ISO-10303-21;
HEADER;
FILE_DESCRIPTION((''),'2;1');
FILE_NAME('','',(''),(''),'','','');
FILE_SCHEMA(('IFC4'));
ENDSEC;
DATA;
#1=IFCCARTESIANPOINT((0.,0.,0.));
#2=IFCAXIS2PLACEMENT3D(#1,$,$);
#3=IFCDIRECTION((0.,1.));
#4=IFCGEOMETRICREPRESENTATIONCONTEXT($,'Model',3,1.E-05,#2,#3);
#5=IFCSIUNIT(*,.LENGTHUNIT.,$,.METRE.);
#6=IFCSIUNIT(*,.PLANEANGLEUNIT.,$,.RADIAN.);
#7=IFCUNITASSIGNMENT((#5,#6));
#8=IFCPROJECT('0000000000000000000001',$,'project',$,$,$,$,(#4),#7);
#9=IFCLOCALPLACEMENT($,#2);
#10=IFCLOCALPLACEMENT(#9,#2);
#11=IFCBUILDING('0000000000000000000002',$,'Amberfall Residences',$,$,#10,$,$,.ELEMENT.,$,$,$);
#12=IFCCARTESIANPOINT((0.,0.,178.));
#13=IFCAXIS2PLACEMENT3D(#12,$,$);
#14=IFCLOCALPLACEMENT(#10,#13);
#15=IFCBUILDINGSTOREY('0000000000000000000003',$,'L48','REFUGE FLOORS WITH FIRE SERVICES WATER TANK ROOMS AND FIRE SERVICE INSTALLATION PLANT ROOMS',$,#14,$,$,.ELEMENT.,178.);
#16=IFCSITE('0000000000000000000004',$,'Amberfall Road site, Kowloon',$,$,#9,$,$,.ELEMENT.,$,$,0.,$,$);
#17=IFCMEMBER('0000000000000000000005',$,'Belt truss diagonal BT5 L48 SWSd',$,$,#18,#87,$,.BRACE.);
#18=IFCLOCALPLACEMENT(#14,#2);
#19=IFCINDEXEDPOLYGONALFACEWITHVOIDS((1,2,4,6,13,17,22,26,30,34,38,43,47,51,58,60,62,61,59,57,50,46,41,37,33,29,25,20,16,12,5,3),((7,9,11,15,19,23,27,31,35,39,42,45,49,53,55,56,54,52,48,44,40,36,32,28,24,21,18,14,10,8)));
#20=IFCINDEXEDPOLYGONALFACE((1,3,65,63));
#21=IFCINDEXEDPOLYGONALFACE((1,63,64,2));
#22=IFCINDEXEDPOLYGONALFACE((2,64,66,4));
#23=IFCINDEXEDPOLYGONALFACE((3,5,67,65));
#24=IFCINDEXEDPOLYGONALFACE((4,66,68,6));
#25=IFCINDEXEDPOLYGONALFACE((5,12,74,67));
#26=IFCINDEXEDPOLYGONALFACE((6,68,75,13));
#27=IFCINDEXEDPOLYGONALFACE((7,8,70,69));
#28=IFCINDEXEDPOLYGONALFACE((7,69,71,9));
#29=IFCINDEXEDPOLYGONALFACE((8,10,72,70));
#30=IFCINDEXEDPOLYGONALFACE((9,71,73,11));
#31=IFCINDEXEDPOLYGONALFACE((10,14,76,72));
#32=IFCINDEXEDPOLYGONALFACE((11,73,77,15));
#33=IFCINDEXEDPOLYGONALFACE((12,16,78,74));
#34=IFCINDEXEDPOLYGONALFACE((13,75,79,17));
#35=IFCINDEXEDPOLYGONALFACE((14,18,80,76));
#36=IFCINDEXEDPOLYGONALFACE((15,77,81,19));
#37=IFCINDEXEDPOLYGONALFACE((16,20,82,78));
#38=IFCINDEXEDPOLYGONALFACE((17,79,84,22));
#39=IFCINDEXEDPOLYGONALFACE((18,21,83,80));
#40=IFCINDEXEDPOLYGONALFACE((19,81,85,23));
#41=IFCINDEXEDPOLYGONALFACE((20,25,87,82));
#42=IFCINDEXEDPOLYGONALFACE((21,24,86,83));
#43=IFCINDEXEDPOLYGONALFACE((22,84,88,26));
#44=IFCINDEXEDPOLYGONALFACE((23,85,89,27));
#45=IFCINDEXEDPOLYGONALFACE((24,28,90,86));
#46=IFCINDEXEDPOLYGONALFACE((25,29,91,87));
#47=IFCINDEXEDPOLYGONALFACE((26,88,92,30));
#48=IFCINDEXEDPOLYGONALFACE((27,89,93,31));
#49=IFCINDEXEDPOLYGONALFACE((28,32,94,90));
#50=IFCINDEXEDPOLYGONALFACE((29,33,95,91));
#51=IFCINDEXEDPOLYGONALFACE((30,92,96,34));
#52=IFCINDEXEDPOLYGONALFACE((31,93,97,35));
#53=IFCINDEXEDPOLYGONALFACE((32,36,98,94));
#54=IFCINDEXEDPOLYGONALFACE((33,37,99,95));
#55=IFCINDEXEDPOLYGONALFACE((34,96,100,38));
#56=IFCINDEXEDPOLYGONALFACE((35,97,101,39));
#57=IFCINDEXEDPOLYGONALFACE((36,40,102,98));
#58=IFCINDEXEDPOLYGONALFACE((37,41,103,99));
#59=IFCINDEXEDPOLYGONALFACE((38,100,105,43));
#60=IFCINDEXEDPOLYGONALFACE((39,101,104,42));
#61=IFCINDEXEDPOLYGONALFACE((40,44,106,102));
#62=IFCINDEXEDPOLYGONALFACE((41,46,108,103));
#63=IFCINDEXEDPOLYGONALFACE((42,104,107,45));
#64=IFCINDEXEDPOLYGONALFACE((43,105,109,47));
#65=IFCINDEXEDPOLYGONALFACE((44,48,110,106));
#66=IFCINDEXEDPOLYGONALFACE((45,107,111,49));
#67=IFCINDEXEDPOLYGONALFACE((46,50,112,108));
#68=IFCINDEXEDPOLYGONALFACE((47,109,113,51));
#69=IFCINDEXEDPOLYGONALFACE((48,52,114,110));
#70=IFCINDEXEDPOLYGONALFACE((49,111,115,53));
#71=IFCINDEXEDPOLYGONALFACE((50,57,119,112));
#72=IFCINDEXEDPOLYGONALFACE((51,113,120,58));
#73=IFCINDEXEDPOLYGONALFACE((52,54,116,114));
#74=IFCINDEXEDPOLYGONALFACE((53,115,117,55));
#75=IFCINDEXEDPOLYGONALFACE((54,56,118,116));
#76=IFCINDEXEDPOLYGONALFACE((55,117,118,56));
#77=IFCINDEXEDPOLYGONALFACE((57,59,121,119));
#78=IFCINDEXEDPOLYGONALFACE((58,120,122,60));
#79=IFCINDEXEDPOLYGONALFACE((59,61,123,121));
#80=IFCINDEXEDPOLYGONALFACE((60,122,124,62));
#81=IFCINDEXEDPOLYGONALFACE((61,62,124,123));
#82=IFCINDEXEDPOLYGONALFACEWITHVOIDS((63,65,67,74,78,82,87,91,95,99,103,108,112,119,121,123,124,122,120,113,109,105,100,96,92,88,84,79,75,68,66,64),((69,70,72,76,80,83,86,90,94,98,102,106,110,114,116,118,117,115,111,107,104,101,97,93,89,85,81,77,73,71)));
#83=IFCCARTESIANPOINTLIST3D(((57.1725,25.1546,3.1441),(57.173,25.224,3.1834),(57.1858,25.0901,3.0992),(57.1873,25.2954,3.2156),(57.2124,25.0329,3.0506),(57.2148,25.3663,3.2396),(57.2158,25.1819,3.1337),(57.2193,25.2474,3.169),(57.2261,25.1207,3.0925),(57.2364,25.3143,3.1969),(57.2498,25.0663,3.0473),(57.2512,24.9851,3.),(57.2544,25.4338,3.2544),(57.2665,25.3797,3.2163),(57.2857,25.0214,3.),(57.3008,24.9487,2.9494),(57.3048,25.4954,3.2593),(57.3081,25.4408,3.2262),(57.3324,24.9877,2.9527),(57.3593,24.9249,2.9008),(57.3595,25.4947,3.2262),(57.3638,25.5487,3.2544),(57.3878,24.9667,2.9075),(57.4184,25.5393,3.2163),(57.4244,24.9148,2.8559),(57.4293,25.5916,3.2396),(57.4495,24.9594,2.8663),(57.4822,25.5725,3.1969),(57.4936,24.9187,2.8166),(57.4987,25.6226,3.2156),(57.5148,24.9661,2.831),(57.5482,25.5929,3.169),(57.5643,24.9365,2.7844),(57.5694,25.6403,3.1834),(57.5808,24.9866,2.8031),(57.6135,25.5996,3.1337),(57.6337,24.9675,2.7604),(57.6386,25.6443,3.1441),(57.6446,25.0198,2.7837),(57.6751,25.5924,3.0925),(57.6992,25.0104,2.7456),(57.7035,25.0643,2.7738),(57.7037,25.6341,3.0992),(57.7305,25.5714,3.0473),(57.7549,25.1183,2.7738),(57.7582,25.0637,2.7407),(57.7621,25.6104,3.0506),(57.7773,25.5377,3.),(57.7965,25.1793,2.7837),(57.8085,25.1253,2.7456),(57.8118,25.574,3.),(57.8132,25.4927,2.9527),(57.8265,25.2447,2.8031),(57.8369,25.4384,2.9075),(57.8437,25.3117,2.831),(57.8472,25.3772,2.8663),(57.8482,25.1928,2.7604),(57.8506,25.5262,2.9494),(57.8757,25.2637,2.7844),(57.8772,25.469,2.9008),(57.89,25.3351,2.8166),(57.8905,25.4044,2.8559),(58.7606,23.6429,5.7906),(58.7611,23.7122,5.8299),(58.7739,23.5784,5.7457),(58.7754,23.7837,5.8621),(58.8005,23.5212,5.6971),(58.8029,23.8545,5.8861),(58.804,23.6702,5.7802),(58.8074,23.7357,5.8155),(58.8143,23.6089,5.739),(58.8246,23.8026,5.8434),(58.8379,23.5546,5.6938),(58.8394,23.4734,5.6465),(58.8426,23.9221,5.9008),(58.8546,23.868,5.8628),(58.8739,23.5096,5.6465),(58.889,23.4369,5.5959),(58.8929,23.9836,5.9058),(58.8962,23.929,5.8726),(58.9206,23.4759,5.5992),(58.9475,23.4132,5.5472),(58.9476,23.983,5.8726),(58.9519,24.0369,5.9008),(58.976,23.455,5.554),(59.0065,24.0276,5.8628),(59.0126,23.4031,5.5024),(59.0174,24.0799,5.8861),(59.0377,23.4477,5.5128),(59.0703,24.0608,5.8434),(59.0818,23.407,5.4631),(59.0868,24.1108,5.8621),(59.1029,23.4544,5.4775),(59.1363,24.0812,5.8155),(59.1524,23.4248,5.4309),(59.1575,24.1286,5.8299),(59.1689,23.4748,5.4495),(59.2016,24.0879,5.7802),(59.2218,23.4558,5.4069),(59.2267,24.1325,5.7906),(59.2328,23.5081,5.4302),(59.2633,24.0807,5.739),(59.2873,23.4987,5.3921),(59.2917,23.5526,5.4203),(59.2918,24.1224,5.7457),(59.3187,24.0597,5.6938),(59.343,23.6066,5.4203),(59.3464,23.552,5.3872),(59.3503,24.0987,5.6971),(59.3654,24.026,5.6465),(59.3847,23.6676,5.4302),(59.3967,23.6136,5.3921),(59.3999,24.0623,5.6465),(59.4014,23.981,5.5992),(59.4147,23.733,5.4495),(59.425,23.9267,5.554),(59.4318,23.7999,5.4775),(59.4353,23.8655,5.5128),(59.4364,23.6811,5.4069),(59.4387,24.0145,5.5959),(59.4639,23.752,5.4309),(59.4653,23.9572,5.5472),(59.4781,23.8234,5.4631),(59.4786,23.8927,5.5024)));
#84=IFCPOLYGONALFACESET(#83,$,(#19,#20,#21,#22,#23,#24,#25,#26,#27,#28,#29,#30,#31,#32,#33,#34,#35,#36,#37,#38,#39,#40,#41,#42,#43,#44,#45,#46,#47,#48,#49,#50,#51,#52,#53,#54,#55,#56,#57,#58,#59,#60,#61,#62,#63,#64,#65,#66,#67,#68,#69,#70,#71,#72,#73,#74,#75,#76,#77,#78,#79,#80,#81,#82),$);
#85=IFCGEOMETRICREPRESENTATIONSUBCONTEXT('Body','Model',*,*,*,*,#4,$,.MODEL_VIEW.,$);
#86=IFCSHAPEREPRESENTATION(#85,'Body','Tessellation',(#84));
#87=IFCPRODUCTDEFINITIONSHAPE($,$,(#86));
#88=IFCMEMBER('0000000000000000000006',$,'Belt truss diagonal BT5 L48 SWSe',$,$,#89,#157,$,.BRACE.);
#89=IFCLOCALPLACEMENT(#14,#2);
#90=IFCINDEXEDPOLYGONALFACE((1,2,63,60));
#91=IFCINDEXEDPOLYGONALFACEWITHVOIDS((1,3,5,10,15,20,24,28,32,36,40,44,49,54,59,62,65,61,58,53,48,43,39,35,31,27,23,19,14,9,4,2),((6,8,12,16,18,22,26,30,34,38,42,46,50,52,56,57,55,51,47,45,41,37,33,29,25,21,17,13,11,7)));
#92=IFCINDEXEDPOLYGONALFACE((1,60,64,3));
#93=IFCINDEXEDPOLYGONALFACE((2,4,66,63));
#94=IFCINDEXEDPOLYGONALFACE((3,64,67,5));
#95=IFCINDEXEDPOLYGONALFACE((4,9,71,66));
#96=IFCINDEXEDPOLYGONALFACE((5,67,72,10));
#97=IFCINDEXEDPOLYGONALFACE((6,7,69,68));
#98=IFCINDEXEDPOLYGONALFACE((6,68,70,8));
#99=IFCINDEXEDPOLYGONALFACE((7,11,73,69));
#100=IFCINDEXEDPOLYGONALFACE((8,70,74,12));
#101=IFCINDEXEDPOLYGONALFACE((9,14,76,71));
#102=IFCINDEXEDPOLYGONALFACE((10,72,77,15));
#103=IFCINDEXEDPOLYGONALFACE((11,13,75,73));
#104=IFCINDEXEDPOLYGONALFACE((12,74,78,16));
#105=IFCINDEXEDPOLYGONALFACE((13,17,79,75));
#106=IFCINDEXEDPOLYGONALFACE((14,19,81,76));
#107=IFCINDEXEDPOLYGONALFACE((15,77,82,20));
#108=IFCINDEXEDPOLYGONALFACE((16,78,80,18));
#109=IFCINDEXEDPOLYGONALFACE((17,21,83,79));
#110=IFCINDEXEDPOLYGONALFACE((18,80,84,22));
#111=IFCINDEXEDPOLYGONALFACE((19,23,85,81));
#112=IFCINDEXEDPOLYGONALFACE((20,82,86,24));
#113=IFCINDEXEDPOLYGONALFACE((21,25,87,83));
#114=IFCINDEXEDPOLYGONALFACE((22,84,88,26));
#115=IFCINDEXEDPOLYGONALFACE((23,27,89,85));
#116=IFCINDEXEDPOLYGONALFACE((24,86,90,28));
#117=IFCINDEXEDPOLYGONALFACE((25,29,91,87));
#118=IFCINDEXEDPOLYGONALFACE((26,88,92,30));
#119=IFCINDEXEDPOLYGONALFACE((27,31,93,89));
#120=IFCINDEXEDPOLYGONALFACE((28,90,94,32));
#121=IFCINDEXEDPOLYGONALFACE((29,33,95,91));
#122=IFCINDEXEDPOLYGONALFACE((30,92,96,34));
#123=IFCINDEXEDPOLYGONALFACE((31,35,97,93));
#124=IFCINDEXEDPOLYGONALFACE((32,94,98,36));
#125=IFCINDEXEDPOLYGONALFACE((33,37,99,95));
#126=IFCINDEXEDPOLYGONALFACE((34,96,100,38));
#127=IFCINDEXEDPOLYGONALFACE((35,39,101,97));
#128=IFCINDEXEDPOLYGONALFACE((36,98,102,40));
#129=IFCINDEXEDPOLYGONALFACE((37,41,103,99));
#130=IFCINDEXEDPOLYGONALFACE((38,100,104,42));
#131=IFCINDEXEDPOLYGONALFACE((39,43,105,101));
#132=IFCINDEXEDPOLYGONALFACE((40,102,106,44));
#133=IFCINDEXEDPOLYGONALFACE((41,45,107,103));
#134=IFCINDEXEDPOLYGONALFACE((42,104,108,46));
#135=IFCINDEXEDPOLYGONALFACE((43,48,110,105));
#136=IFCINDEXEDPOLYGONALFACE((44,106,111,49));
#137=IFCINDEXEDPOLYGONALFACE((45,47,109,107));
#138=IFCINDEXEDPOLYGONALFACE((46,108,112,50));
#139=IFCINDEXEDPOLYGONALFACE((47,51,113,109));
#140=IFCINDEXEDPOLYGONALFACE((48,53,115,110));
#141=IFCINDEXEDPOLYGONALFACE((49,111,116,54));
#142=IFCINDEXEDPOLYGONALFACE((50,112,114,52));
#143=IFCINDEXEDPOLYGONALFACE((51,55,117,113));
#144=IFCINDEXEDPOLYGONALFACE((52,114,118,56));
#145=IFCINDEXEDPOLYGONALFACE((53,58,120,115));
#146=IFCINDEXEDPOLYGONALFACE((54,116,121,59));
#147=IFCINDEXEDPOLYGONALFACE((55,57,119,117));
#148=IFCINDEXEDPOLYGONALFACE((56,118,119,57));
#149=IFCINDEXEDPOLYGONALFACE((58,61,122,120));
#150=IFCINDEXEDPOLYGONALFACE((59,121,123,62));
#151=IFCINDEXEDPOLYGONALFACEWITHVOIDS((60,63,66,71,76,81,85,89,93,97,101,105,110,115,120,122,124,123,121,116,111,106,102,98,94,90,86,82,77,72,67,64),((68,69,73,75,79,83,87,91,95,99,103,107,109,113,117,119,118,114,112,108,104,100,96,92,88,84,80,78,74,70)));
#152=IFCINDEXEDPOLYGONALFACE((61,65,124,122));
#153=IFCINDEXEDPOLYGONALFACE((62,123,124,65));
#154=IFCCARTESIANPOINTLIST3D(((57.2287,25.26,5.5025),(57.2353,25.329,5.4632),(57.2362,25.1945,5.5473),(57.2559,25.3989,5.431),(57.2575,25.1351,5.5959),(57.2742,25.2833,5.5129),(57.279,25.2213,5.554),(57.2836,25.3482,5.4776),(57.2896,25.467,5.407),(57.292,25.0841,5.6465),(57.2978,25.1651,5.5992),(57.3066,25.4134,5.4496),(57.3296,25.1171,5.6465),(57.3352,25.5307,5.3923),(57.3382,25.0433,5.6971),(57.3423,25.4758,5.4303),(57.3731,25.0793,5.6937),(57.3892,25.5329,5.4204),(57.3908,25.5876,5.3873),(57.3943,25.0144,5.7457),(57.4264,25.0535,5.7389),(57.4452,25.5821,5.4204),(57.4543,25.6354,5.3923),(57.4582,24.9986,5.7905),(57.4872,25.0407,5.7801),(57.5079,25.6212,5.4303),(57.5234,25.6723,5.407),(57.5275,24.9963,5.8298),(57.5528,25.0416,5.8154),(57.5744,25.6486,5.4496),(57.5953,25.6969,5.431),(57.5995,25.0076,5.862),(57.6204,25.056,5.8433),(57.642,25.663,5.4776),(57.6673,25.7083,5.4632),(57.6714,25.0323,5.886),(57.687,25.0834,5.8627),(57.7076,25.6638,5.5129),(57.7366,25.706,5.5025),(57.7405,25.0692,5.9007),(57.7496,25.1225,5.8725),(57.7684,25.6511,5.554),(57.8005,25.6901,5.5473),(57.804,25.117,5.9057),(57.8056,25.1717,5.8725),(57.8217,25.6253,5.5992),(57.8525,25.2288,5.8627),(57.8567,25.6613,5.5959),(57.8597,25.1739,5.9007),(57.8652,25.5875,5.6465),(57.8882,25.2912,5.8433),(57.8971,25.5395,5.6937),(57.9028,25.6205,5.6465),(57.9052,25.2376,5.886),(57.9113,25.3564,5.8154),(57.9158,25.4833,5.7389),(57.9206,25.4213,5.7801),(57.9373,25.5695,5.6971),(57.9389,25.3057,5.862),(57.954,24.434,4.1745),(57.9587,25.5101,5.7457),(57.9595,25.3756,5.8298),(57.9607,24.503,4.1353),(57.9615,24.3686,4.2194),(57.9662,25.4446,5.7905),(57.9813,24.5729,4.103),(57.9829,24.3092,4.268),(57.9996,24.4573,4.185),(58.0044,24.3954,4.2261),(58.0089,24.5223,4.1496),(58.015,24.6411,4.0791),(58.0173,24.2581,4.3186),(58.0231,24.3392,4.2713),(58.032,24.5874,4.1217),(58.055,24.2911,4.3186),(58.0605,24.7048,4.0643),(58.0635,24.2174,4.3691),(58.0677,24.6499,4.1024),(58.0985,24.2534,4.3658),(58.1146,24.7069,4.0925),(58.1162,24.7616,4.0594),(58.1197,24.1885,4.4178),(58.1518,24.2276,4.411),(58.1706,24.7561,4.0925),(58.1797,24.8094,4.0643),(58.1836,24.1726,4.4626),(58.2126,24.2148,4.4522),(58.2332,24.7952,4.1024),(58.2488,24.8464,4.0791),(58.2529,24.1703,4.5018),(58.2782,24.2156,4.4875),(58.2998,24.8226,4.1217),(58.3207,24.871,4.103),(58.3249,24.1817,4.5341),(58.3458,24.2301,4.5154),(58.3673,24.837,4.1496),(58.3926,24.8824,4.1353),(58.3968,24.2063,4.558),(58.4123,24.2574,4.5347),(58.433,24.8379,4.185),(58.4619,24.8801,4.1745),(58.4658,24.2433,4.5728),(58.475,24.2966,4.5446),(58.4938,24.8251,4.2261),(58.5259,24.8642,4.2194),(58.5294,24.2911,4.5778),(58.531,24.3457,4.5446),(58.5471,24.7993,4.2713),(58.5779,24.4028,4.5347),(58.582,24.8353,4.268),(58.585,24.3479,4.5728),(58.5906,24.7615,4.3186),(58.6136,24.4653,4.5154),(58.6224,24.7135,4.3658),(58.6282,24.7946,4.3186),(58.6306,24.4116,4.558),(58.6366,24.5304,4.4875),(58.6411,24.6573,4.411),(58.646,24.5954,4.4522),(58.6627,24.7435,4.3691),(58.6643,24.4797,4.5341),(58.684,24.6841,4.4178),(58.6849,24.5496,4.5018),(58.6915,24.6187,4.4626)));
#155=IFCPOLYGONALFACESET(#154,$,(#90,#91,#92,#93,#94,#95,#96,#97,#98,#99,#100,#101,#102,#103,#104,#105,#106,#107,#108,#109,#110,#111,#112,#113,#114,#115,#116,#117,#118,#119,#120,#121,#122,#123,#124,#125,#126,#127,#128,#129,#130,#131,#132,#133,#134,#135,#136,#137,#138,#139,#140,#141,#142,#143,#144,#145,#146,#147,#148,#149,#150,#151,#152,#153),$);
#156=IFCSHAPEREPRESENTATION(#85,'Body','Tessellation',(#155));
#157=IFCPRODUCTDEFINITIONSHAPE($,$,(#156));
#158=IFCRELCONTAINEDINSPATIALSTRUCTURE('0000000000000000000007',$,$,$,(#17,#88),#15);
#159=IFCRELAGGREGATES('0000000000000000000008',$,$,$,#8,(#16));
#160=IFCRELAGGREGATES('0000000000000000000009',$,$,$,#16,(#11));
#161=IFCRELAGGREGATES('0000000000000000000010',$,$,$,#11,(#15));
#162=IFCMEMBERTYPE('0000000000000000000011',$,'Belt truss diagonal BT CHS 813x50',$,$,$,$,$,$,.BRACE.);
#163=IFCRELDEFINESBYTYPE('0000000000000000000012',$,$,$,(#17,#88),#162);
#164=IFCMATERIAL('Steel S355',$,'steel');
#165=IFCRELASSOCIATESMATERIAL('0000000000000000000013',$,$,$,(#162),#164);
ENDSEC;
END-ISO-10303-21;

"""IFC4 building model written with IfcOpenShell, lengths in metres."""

from ifc_helpers import new_model, si_unit, direction, frame, origin, origin_2d, place, context, subcontext, project, spatial, hollow_circle, extrude, material, material_profile, profile_set, type_object, element, save


model = new_model("IFC4")

# Units and contexts
model_context = context("Model", 3, precision=1e-05, world=origin(), true_north=direction((0.0, 1.0)))
body_context = subcontext(model_context, "Body", "Model", "MODEL_VIEW")
ifc_project = project(units=[si_unit("LENGTHUNIT", "METRE"), si_unit("PLANEANGLEUNIT", "RADIAN")], contexts=[model_context])

# Site, building, storey
site_placement = place(None, origin())
site = spatial("IfcSite", under=ifc_project, at=site_placement, Name="Amberfall Road site, Kowloon", CompositionType="ELEMENT", RefElevation=0.0)
building_placement = place(site_placement, origin())
building = spatial("IfcBuilding", under=site, at=building_placement, Name="Amberfall Residences", CompositionType="ELEMENT")
storey_placement = place(building_placement, frame((0.0, 0.0, 178.0)))
storey = spatial("IfcBuildingStorey", under=building, at=storey_placement, Name="L48", Description="REFUGE FLOORS WITH FIRE SERVICES WATER TANK ROOMS AND FIRE SERVICE INSTALLATION PLANT ROOMS", CompositionType="ELEMENT", Elevation=178.0)

# Shared definitions
ifc_material_1 = material(Name="Steel S355", Category="steel")

# Members
ifc_material_profile_1 = material_profile(ifc_material_1, hollow_circle(Radius=0.4065, WallThickness=0.05, at=origin_2d()), Name="CHS 813x50")
ifc_profile_set_1 = profile_set([ifc_material_profile_1], Name="Steel S355")
member_type = type_object("IfcMemberType", Name="Belt truss diagonal BT CHS 813x50", PredefinedType="BRACE", material=ifc_profile_set_1)
member_1_placement = place(storey_placement, frame((57.5315, 25.2795, 3.0), z_axis=(0.462102, -0.439867, 0.770051), x_axis=(0.689466, 0.724318, 0.0)))
element("IfcMember", 1, at=member_1_placement, inside=storey, type_object=member_type, Name="Belt truss diagonal BT5 L48 SWSd", PredefinedType="BRACE", context=body_context, shape_type="SweptSolid", body=[
    extrude(hollow_circle(Radius=0.4065, WallThickness=0.05, at=origin_2d()), origin(), (0.0, 0.0, 1.0), 3.4368),
])
member_2_placement = place(storey_placement, frame((57.5974, 25.3523, 5.6465), z_axis=(0.420777, -0.479127, -0.770314), x_axis=(0.751378, 0.659872, 0.0)))
element("IfcMember", 2, at=member_2_placement, inside=storey, type_object=member_type, Name="Belt truss diagonal BT5 L48 SWSe", PredefinedType="BRACE", context=body_context, shape_type="SweptSolid", body=[
    extrude(hollow_circle(Radius=0.4065, WallThickness=0.05, at=origin_2d()), origin(), (0.0, 0.0, 1.0), 1.7239),
])

save(model, "model.ifc")
